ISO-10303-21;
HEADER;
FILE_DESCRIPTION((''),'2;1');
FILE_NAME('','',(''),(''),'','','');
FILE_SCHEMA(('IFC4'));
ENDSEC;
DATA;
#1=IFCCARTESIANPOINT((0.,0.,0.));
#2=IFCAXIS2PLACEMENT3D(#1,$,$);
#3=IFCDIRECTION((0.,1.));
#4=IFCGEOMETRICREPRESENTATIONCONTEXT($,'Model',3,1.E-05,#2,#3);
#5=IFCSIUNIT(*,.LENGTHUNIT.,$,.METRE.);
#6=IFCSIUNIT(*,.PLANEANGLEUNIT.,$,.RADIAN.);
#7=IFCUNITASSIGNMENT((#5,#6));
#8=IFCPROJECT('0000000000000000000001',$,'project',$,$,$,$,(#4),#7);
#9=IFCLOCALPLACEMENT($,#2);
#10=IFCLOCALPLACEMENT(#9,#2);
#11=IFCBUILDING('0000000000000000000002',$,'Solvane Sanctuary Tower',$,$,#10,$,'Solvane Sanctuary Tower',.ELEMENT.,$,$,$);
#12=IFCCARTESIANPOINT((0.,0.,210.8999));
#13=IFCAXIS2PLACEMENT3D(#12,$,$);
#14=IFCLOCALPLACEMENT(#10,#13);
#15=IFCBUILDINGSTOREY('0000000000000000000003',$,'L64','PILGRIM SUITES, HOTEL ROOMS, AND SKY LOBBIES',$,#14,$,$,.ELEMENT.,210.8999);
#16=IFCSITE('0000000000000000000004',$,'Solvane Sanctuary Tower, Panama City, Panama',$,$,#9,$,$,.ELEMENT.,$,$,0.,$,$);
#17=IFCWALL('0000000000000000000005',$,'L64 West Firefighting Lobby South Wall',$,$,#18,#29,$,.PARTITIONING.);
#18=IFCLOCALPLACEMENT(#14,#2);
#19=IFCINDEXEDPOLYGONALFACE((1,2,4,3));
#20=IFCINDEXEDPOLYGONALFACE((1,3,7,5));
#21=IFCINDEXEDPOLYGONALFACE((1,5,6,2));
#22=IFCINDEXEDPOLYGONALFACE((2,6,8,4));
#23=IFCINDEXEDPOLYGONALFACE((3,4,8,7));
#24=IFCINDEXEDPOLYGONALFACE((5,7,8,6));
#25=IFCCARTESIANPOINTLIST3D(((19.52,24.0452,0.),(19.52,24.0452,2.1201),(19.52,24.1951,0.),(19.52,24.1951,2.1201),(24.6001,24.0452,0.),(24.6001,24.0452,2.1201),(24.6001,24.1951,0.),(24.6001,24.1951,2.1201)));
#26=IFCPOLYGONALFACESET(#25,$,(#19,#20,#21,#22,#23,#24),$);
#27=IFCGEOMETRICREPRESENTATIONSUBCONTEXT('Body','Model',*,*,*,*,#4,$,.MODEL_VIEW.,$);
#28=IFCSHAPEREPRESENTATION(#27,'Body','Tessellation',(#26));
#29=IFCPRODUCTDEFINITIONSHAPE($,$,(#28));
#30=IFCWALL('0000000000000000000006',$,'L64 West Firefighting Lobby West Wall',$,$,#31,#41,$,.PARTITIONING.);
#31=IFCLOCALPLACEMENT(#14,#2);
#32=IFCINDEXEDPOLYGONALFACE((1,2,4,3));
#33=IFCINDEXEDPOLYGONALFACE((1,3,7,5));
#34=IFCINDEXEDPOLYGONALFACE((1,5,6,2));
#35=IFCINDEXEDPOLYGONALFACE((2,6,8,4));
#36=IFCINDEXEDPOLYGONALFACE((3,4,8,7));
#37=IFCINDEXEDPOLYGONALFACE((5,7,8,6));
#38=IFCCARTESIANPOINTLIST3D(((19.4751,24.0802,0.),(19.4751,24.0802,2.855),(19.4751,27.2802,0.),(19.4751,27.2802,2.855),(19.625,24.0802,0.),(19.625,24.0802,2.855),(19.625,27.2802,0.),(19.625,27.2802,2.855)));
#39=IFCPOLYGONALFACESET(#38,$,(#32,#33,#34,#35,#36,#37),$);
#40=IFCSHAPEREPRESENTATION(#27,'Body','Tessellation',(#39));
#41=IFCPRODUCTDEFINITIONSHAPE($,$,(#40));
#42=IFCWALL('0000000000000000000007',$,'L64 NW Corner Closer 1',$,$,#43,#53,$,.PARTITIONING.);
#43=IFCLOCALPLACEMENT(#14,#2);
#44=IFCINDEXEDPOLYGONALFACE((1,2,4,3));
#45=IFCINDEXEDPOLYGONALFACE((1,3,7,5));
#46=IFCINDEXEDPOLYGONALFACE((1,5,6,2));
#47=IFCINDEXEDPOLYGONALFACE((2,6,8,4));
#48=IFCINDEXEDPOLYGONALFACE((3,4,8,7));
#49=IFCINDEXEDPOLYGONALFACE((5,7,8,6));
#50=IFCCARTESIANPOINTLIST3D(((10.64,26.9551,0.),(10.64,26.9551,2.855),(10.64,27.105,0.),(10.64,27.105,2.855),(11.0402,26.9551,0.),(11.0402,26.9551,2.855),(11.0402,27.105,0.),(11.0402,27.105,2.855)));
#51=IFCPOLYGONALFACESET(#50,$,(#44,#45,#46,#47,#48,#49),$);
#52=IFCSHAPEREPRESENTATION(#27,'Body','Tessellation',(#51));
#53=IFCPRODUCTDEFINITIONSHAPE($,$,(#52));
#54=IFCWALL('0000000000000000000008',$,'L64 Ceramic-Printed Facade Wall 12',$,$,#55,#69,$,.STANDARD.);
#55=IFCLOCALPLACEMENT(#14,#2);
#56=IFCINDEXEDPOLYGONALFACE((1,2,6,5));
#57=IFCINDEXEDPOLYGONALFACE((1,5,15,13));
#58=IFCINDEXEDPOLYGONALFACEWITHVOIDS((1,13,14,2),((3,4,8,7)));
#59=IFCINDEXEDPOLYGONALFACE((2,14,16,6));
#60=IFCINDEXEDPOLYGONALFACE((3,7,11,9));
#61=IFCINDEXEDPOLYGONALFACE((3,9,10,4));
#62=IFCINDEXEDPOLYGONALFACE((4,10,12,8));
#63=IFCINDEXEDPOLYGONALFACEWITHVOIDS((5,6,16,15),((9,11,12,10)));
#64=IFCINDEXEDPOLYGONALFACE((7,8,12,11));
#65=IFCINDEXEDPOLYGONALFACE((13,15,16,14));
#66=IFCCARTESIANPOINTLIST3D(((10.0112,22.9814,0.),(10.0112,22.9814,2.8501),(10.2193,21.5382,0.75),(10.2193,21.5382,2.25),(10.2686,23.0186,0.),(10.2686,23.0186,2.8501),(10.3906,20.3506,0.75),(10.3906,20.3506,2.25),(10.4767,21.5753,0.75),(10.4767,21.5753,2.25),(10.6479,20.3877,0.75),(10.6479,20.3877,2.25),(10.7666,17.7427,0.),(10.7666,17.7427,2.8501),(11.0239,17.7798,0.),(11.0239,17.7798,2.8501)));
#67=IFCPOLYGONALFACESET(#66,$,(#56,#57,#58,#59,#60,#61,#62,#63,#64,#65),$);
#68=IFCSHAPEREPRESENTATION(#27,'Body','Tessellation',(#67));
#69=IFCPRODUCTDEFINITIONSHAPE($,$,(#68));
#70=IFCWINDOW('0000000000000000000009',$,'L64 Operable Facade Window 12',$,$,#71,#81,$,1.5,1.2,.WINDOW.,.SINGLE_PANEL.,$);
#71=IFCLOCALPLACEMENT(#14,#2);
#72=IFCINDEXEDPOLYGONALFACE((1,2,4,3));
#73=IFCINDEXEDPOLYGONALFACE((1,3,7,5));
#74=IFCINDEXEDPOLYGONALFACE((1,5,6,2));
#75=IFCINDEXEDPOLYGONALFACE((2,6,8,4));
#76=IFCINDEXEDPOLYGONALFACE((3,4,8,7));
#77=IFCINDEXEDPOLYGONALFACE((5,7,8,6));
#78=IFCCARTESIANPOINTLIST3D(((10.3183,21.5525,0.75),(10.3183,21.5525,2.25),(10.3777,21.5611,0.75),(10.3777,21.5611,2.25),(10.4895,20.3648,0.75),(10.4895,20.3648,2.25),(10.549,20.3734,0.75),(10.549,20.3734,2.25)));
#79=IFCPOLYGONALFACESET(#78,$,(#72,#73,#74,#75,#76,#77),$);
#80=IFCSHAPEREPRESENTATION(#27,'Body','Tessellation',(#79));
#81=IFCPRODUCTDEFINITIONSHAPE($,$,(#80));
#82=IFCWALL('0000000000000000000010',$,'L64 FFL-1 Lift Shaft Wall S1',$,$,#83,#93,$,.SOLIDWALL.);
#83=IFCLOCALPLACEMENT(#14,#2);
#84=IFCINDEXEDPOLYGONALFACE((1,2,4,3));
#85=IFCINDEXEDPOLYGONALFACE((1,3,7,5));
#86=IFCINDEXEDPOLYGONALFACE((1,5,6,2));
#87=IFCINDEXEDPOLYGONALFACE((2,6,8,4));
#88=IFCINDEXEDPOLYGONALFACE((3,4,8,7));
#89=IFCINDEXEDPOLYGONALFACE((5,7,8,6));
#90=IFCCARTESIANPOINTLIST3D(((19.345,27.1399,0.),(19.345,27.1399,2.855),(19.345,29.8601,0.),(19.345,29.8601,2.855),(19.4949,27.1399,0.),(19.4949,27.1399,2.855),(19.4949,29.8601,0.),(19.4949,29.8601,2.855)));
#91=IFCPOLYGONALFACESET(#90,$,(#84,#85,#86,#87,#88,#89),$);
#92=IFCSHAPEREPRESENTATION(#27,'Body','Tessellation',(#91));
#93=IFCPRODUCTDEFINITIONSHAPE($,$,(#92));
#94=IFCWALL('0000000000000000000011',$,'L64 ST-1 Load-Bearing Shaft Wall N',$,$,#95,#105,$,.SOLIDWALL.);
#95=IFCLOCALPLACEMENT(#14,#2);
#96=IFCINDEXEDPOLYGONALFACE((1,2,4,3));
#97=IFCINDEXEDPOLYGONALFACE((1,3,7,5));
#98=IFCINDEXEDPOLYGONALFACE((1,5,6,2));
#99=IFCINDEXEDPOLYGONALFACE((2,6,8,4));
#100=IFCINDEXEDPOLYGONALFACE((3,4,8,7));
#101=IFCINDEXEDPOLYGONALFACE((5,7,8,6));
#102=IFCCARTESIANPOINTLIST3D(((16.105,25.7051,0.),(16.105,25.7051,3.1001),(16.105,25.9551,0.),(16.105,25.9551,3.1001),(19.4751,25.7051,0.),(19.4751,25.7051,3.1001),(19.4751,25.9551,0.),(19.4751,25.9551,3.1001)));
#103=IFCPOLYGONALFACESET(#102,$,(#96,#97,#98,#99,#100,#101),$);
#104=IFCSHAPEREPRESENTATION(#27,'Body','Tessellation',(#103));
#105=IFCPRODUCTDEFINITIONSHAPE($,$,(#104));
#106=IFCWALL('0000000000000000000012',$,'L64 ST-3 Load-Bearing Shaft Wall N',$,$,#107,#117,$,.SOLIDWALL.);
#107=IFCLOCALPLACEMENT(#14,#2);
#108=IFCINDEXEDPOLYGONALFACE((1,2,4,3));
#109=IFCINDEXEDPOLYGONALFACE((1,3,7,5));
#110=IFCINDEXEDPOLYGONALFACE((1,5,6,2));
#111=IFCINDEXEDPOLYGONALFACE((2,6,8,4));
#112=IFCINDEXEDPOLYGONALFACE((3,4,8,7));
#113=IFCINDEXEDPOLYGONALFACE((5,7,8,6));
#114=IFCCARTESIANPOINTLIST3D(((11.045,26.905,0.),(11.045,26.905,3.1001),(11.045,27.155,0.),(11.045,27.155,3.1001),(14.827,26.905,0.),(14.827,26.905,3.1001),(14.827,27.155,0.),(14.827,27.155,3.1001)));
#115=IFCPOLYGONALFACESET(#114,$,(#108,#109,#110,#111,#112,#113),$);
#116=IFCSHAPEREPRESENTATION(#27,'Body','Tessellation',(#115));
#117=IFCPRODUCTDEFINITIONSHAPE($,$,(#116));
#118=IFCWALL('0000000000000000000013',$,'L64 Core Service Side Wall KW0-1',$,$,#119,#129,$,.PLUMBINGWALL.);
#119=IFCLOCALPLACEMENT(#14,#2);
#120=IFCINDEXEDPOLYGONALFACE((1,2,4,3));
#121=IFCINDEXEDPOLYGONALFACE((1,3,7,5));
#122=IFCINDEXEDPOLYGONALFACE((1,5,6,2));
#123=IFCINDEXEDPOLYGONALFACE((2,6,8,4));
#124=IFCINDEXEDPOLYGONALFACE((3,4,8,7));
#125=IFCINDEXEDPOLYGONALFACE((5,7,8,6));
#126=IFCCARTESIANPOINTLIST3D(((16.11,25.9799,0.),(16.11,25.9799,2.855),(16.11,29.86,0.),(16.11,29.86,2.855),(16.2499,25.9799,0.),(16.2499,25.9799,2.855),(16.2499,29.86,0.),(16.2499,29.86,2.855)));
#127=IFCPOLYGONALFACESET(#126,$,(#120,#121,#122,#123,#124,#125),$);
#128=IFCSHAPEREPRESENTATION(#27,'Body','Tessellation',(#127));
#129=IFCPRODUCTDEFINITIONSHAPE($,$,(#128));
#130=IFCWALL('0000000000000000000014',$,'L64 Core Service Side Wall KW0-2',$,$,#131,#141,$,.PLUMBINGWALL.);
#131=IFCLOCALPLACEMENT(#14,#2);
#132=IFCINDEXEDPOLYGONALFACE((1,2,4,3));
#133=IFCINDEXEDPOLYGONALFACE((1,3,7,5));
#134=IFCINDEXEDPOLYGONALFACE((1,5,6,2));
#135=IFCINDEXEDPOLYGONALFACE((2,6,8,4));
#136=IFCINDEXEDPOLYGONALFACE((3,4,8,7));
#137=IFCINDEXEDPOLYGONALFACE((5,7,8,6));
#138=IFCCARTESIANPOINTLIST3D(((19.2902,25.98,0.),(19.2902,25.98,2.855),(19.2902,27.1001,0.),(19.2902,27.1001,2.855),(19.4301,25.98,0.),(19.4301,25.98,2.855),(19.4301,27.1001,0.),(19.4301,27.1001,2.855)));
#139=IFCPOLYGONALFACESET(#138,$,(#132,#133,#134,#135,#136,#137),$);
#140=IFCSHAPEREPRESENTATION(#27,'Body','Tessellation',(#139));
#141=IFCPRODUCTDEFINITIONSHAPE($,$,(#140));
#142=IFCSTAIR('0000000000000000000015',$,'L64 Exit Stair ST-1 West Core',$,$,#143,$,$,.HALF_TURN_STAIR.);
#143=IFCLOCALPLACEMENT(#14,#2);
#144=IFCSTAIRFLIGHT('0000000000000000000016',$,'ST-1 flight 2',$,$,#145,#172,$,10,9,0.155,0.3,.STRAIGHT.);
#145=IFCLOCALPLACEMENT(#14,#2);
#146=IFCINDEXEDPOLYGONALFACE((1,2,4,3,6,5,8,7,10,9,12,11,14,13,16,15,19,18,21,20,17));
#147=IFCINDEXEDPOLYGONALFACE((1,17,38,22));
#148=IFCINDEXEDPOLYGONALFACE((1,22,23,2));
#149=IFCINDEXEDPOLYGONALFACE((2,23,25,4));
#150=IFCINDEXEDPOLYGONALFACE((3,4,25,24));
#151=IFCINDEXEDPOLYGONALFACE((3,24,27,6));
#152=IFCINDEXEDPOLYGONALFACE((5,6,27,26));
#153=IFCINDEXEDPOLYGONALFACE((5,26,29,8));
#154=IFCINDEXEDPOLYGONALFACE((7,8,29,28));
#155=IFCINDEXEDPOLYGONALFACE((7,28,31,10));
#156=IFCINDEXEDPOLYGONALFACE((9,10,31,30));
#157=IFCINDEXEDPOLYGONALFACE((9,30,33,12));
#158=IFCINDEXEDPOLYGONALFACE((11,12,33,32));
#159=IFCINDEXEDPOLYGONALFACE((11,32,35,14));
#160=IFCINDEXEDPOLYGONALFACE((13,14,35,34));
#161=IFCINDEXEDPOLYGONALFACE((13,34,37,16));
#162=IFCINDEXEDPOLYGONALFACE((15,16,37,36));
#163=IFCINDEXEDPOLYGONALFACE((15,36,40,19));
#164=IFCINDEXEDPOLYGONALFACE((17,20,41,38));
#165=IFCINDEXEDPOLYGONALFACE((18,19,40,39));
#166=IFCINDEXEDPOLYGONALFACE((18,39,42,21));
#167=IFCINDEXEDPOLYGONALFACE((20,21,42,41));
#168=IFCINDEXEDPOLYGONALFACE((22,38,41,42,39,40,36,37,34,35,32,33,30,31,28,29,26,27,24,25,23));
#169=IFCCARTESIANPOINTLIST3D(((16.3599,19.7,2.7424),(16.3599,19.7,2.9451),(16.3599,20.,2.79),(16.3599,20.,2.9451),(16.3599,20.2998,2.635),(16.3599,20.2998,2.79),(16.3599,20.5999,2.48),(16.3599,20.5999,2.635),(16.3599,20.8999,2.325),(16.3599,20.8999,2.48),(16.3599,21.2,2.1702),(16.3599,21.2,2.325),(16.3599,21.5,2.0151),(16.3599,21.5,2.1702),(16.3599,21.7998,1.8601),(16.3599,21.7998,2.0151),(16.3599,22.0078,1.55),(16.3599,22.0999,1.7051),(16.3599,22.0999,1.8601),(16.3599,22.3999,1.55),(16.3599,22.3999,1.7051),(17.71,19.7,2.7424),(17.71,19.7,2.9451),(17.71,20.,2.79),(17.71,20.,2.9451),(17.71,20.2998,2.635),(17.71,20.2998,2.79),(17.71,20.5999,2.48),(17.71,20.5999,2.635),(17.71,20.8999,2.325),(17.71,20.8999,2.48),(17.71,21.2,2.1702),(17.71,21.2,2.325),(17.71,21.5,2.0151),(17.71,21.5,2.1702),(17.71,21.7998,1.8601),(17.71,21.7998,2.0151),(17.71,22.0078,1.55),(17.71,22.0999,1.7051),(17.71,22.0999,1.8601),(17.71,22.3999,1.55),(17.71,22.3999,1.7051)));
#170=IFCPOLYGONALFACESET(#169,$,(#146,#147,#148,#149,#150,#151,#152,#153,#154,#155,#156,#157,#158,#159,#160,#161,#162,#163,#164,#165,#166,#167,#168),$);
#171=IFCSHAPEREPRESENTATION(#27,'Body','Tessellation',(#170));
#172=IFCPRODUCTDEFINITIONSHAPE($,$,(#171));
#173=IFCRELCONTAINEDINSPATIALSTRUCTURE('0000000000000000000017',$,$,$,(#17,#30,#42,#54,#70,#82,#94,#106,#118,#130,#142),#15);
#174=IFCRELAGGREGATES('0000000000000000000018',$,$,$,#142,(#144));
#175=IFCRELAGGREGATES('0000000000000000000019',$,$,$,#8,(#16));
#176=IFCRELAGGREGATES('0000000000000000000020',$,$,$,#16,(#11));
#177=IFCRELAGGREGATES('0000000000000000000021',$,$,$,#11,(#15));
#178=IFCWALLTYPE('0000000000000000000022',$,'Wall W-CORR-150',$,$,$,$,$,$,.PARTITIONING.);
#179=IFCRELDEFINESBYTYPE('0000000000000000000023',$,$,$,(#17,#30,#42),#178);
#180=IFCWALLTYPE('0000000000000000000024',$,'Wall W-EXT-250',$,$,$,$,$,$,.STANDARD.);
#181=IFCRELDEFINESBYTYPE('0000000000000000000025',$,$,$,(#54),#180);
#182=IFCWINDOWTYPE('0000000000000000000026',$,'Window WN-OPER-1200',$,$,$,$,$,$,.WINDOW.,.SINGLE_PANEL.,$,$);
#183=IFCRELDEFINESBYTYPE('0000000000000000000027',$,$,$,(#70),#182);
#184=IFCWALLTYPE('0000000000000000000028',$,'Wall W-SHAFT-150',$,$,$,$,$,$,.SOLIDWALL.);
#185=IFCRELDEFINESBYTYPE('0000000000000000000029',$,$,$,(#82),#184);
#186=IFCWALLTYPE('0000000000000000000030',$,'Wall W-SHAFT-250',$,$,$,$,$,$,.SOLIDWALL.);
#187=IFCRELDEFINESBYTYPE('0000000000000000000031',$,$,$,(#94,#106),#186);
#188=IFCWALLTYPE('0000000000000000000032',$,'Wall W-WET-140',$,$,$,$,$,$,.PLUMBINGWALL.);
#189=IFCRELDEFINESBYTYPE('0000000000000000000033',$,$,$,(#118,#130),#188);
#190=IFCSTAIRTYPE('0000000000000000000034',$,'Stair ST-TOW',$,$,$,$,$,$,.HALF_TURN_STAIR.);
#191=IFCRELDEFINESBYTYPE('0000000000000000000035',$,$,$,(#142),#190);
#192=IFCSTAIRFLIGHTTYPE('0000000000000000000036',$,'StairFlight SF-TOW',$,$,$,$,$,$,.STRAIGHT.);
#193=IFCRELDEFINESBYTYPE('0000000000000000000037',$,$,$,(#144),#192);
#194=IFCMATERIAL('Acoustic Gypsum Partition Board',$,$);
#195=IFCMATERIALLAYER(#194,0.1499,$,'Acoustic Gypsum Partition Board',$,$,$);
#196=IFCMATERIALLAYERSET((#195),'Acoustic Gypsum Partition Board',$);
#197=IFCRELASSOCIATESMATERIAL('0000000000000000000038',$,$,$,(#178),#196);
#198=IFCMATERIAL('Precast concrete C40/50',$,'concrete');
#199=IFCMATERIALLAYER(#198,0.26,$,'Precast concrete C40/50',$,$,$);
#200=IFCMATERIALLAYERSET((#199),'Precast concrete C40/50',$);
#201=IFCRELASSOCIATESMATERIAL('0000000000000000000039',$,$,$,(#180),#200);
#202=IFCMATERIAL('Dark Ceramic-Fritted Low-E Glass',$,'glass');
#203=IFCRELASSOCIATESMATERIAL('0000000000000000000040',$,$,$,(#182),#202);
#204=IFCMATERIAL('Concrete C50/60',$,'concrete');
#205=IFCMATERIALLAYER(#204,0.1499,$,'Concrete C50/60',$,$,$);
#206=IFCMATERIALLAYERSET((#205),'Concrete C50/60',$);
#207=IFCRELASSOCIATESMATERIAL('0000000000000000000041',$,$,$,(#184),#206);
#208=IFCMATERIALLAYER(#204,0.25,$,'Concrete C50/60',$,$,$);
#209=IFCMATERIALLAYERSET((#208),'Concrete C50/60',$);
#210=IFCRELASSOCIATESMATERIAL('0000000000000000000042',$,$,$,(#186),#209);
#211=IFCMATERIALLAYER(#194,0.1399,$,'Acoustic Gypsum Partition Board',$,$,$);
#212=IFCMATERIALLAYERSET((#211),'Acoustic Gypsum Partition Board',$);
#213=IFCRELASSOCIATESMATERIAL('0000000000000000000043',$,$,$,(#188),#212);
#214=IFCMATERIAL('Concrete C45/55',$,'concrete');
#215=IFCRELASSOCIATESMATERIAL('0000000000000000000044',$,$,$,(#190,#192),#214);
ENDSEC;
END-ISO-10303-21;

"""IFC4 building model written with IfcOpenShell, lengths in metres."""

from ifc_helpers import new_model, si_unit, direction, frame, frame_2d, origin, place, context, subcontext, project, spatial, polyline, rectangle, outline, extrude, material, layer, layer_set, type_object, element, fill, aggregate, save


model = new_model("IFC4")

# Units and contexts
model_context = context("Model", 3, precision=1e-05, world=origin(), true_north=direction((0.0, 1.0)))
body_context = subcontext(model_context, "Body", "Model", "MODEL_VIEW")
ifc_project = project(units=[si_unit("LENGTHUNIT", "METRE"), si_unit("PLANEANGLEUNIT", "RADIAN")], contexts=[model_context])

# Site, building, storey
site_placement = place(None, origin())
site = spatial("IfcSite", under=ifc_project, at=site_placement, Name="Solvane Sanctuary Tower, Panama City, Panama", CompositionType="ELEMENT", RefElevation=0.0)
building_placement = place(site_placement, origin())
building = spatial("IfcBuilding", under=site, at=building_placement, Name="Solvane Sanctuary Tower", LongName="Solvane Sanctuary Tower", CompositionType="ELEMENT")
storey_placement = place(building_placement, frame((0.0, 0.0, 210.8999)))
storey = spatial("IfcBuildingStorey", under=building, at=storey_placement, Name="L64", Description="PILGRIM SUITES, HOTEL ROOMS, AND SKY LOBBIES", CompositionType="ELEMENT", Elevation=210.8999)

# Walls
ifc_material_1 = material(Name="Acoustic Gypsum Partition Board")
ifc_layer_1 = layer(ifc_material_1, 0.1499, Name="Acoustic Gypsum Partition Board")
ifc_layer_set_1 = layer_set([ifc_layer_1], Name="Acoustic Gypsum Partition Board")
wall_type_1 = type_object("IfcWallType", Name="Wall W-CORR-150", PredefinedType="PARTITIONING", material=ifc_layer_set_1)
wall_1_placement = place(storey_placement, frame((19.52, 24.1201, 0.0), z_axis=(0.0, 0.0, 1.0), x_axis=(1.0, 0.0, 0.0)))
element("IfcWall", 1, at=wall_1_placement, inside=storey, type_object=wall_type_1, Name="L64 West Firefighting Lobby South Wall", PredefinedType="PARTITIONING", context=body_context, shape_type="SweptSolid", body=[
    extrude(rectangle(XDim=5.0801, YDim=0.1499, at=frame_2d((2.54, 0.0))), origin(), (0.0, 0.0, 1.0), 2.1201),
])
wall_2_placement = place(storey_placement, frame((19.55, 24.0801, 0.0), z_axis=(0.0, 0.0, 1.0), x_axis=(0.0, 1.0, 0.0)))
element("IfcWall", 2, at=wall_2_placement, inside=storey, type_object=wall_type_1, Name="L64 West Firefighting Lobby West Wall", PredefinedType="PARTITIONING", context=body_context, shape_type="SweptSolid", body=[
    extrude(rectangle(XDim=3.2, YDim=0.1499, at=frame_2d((1.6001, 0.0))), origin(), (0.0, 0.0, 1.0), 2.855),
])
wall_3_placement = place(storey_placement, frame((10.6399, 27.03, 0.0), z_axis=(0.0, 0.0, 1.0), x_axis=(1.0, 0.0, 0.0)))
element("IfcWall", 3, at=wall_3_placement, inside=storey, type_object=wall_type_1, Name="L64 NW Corner Closer 1", PredefinedType="PARTITIONING", context=body_context, shape_type="SweptSolid", body=[
    extrude(rectangle(XDim=0.4001, YDim=0.1499, at=frame_2d((0.2002, 0.0))), origin(), (0.0, 0.0, 1.0), 2.855),
])

# Wall, opening, window
ifc_material_2 = material(Name="Precast concrete C40/50", Category="concrete")
ifc_layer_2 = layer(ifc_material_2, 0.26, Name="Precast concrete C40/50")
ifc_layer_set_2 = layer_set([ifc_layer_2], Name="Precast concrete C40/50")
wall_type_2 = type_object("IfcWallType", Name="Wall W-EXT-250", PredefinedType="STANDARD", material=ifc_layer_set_2)
wall_4_placement = place(storey_placement, frame((10.1399, 23.0, 0.0), z_axis=(0.0, 0.0, 1.0), x_axis=(0.142713, -0.989764, 0.0)))
wall_4 = element("IfcWall", 4, at=wall_4_placement, inside=storey, type_object=wall_type_2, Name="L64 Ceramic-Printed Facade Wall 12", PredefinedType="STANDARD", context=body_context, shape_type="SweptSolid", body=[
    extrude(rectangle(XDim=5.293, YDim=0.26, at=frame_2d((2.6465, 0.0))), origin(), (0.0, 0.0, 1.0), 2.8501),
])
opening_placement = place(wall_4_placement, frame((1.458, 0.0, 0.75)))
opening = element("IfcOpeningElement", 5, at=opening_placement, cuts=wall_4, PredefinedType="OPENING", context=body_context, shape_type="SweptSolid", body=[
    extrude(rectangle(XDim=1.2, YDim=1.5, at=frame_2d((0.6001, 0.75))), frame((0.0, 0.1399, 0.0), z_axis=(0.0, -1.0, 0.0), x_axis=(1.0, 0.0, 0.0)), (0.0, 0.0, 1.0), 0.28),
])
ifc_material_3 = material(Name="Dark Ceramic-Fritted Low-E Glass", Category="glass")
window_type = type_object("IfcWindowType", Name="Window WN-OPER-1200", PartitioningType="SINGLE_PANEL", PredefinedType="WINDOW", material=ifc_material_3)
window_placement = place(opening_placement, origin())
window = element("IfcWindow", 6, at=window_placement, inside=storey, type_object=window_type, Name="L64 Operable Facade Window 12", OverallHeight=1.5, OverallWidth=1.2, PartitioningType="SINGLE_PANEL", PredefinedType="WINDOW", context=body_context, shape_type="SweptSolid", body=[
    extrude(rectangle(XDim=1.2, YDim=1.5, at=frame_2d((0.6001, 0.75))), frame((0.0, 0.03, 0.0), z_axis=(0.0, -1.0, 0.0), x_axis=(1.0, 0.0, 0.0)), (0.0, 0.0, 1.0), 0.0601),
])
fill(opening, window)

# Walls
ifc_material_4 = material(Name="Concrete C50/60", Category="concrete")
ifc_layer_3 = layer(ifc_material_4, 0.1499, Name="Concrete C50/60")
ifc_layer_set_3 = layer_set([ifc_layer_3], Name="Concrete C50/60")
wall_type_3 = type_object("IfcWallType", Name="Wall W-SHAFT-150", PredefinedType="SOLIDWALL", material=ifc_layer_set_3)
wall_5_placement = place(storey_placement, frame((19.4199, 27.1399, 0.0), z_axis=(0.0, 0.0, 1.0), x_axis=(0.0, 1.0, 0.0)))
element("IfcWall", 7, at=wall_5_placement, inside=storey, type_object=wall_type_3, Name="L64 FFL-1 Lift Shaft Wall S1", PredefinedType="SOLIDWALL", context=body_context, shape_type="SweptSolid", body=[
    extrude(rectangle(XDim=2.7202, YDim=0.1499, at=frame_2d((1.3601, 0.0))), origin(), (0.0, 0.0, 1.0), 2.855),
])
ifc_layer_4 = layer(ifc_material_4, 0.25, Name="Concrete C50/60")
ifc_layer_set_4 = layer_set([ifc_layer_4], Name="Concrete C50/60")
wall_type_4 = type_object("IfcWallType", Name="Wall W-SHAFT-250", PredefinedType="SOLIDWALL", material=ifc_layer_set_4)
wall_6_placement = place(storey_placement, frame((16.105, 25.8301, 0.0), z_axis=(0.0, 0.0, 1.0), x_axis=(1.0, 0.0, 0.0)))
element("IfcWall", 8, at=wall_6_placement, inside=storey, type_object=wall_type_4, Name="L64 ST-1 Load-Bearing Shaft Wall N", PredefinedType="SOLIDWALL", context=body_context, shape_type="SweptSolid", body=[
    extrude(rectangle(XDim=3.3701, YDim=0.25, at=frame_2d((1.6851, 0.0))), origin(), (0.0, 0.0, 1.0), 3.1001),
])
wall_7_placement = place(storey_placement, frame((11.0449, 27.03, 0.0), z_axis=(0.0, 0.0, 1.0), x_axis=(1.0, 0.0, 0.0)))
element("IfcWall", 9, at=wall_7_placement, inside=storey, type_object=wall_type_4, Name="L64 ST-3 Load-Bearing Shaft Wall N", PredefinedType="SOLIDWALL", context=body_context, shape_type="SweptSolid", body=[
    extrude(rectangle(XDim=3.782, YDim=0.25, at=frame_2d((1.8911, 0.0))), origin(), (0.0, 0.0, 1.0), 3.1001),
])
ifc_layer_5 = layer(ifc_material_1, 0.1399, Name="Acoustic Gypsum Partition Board")
ifc_layer_set_5 = layer_set([ifc_layer_5], Name="Acoustic Gypsum Partition Board")
wall_type_5 = type_object("IfcWallType", Name="Wall W-WET-140", PredefinedType="PLUMBINGWALL", material=ifc_layer_set_5)
wall_8_placement = place(storey_placement, frame((16.1799, 25.98, 0.0), z_axis=(0.0, 0.0, 1.0), x_axis=(0.0, 1.0, 0.0)))
element("IfcWall", 10, at=wall_8_placement, inside=storey, type_object=wall_type_5, Name="L64 Core Service Side Wall KW0-1", PredefinedType="PLUMBINGWALL", context=body_context, shape_type="SweptSolid", body=[
    extrude(rectangle(XDim=3.8801, YDim=0.1399, at=frame_2d((1.9399, 0.0))), origin(), (0.0, 0.0, 1.0), 2.855),
])
wall_9_placement = place(storey_placement, frame((19.3601, 25.98, 0.0), z_axis=(0.0, 0.0, 1.0), x_axis=(0.0, 1.0, 0.0)))
element("IfcWall", 11, at=wall_9_placement, inside=storey, type_object=wall_type_5, Name="L64 Core Service Side Wall KW0-2", PredefinedType="PLUMBINGWALL", context=body_context, shape_type="SweptSolid", body=[
    extrude(rectangle(XDim=1.1201, YDim=0.1399, at=frame_2d((0.5601, 0.0))), origin(), (0.0, 0.0, 1.0), 2.855),
])

# Stair, stair flight
ifc_material_5 = material(Name="Concrete C45/55", Category="concrete")
stair_type = type_object("IfcStairType", Name="Stair ST-TOW", PredefinedType="HALF_TURN_STAIR", material=ifc_material_5)
stair_1_placement = place(storey_placement, origin())
stair_1 = element("IfcStair", 12, at=stair_1_placement, inside=storey, type_object=stair_type, Name="L64 Exit Stair ST-1 West Core", PredefinedType="HALF_TURN_STAIR")
stair_flight_type = type_object("IfcStairFlightType", Name="StairFlight SF-TOW", PredefinedType="STRAIGHT", material=ifc_material_5)
stair_flight_1_placement = place(storey_placement, frame((17.0349, 22.3999, 1.55), z_axis=(0.0, 0.0, 1.0), x_axis=(0.0, -1.0, 0.0)))
stair_flight_1 = element("IfcStairFlight", 13, at=stair_flight_1_placement, type_object=stair_flight_type, Name="ST-1 flight 2", NumberOfRisers=10, NumberOfTreads=9, PredefinedType="STRAIGHT", RiserHeight=0.155, TreadLength=0.3, context=body_context, shape_type="SweptSolid", body=[
    extrude(outline(polyline([(0.0, 0.0), (0.0, 0.155), (0.3, 0.155), (0.3, 0.3101), (0.6001, 0.3101), (0.6001, 0.4651), (0.8999, 0.4651), (0.8999, 0.6201), (1.2, 0.6201), (1.2, 0.7749), (1.5, 0.7749), (1.5, 0.9299), (1.8, 0.9299), (1.8, 1.085), (2.1001, 1.085), (2.1001, 1.24), (2.3999, 1.24), (2.3999, 1.395), (2.7, 1.395), (2.7, 1.55), (2.7, 1.1924), (0.3921, 0.0), (0.0, 0.0)])), frame((0.0, 0.675, 0.0), z_axis=(0.0, -1.0, 0.0), x_axis=(1.0, 0.0, 0.0)), (0.0, 0.0, 1.0), 1.3501),
])
aggregate(stair_1, [stair_flight_1])

save(model, "model.ifc")
